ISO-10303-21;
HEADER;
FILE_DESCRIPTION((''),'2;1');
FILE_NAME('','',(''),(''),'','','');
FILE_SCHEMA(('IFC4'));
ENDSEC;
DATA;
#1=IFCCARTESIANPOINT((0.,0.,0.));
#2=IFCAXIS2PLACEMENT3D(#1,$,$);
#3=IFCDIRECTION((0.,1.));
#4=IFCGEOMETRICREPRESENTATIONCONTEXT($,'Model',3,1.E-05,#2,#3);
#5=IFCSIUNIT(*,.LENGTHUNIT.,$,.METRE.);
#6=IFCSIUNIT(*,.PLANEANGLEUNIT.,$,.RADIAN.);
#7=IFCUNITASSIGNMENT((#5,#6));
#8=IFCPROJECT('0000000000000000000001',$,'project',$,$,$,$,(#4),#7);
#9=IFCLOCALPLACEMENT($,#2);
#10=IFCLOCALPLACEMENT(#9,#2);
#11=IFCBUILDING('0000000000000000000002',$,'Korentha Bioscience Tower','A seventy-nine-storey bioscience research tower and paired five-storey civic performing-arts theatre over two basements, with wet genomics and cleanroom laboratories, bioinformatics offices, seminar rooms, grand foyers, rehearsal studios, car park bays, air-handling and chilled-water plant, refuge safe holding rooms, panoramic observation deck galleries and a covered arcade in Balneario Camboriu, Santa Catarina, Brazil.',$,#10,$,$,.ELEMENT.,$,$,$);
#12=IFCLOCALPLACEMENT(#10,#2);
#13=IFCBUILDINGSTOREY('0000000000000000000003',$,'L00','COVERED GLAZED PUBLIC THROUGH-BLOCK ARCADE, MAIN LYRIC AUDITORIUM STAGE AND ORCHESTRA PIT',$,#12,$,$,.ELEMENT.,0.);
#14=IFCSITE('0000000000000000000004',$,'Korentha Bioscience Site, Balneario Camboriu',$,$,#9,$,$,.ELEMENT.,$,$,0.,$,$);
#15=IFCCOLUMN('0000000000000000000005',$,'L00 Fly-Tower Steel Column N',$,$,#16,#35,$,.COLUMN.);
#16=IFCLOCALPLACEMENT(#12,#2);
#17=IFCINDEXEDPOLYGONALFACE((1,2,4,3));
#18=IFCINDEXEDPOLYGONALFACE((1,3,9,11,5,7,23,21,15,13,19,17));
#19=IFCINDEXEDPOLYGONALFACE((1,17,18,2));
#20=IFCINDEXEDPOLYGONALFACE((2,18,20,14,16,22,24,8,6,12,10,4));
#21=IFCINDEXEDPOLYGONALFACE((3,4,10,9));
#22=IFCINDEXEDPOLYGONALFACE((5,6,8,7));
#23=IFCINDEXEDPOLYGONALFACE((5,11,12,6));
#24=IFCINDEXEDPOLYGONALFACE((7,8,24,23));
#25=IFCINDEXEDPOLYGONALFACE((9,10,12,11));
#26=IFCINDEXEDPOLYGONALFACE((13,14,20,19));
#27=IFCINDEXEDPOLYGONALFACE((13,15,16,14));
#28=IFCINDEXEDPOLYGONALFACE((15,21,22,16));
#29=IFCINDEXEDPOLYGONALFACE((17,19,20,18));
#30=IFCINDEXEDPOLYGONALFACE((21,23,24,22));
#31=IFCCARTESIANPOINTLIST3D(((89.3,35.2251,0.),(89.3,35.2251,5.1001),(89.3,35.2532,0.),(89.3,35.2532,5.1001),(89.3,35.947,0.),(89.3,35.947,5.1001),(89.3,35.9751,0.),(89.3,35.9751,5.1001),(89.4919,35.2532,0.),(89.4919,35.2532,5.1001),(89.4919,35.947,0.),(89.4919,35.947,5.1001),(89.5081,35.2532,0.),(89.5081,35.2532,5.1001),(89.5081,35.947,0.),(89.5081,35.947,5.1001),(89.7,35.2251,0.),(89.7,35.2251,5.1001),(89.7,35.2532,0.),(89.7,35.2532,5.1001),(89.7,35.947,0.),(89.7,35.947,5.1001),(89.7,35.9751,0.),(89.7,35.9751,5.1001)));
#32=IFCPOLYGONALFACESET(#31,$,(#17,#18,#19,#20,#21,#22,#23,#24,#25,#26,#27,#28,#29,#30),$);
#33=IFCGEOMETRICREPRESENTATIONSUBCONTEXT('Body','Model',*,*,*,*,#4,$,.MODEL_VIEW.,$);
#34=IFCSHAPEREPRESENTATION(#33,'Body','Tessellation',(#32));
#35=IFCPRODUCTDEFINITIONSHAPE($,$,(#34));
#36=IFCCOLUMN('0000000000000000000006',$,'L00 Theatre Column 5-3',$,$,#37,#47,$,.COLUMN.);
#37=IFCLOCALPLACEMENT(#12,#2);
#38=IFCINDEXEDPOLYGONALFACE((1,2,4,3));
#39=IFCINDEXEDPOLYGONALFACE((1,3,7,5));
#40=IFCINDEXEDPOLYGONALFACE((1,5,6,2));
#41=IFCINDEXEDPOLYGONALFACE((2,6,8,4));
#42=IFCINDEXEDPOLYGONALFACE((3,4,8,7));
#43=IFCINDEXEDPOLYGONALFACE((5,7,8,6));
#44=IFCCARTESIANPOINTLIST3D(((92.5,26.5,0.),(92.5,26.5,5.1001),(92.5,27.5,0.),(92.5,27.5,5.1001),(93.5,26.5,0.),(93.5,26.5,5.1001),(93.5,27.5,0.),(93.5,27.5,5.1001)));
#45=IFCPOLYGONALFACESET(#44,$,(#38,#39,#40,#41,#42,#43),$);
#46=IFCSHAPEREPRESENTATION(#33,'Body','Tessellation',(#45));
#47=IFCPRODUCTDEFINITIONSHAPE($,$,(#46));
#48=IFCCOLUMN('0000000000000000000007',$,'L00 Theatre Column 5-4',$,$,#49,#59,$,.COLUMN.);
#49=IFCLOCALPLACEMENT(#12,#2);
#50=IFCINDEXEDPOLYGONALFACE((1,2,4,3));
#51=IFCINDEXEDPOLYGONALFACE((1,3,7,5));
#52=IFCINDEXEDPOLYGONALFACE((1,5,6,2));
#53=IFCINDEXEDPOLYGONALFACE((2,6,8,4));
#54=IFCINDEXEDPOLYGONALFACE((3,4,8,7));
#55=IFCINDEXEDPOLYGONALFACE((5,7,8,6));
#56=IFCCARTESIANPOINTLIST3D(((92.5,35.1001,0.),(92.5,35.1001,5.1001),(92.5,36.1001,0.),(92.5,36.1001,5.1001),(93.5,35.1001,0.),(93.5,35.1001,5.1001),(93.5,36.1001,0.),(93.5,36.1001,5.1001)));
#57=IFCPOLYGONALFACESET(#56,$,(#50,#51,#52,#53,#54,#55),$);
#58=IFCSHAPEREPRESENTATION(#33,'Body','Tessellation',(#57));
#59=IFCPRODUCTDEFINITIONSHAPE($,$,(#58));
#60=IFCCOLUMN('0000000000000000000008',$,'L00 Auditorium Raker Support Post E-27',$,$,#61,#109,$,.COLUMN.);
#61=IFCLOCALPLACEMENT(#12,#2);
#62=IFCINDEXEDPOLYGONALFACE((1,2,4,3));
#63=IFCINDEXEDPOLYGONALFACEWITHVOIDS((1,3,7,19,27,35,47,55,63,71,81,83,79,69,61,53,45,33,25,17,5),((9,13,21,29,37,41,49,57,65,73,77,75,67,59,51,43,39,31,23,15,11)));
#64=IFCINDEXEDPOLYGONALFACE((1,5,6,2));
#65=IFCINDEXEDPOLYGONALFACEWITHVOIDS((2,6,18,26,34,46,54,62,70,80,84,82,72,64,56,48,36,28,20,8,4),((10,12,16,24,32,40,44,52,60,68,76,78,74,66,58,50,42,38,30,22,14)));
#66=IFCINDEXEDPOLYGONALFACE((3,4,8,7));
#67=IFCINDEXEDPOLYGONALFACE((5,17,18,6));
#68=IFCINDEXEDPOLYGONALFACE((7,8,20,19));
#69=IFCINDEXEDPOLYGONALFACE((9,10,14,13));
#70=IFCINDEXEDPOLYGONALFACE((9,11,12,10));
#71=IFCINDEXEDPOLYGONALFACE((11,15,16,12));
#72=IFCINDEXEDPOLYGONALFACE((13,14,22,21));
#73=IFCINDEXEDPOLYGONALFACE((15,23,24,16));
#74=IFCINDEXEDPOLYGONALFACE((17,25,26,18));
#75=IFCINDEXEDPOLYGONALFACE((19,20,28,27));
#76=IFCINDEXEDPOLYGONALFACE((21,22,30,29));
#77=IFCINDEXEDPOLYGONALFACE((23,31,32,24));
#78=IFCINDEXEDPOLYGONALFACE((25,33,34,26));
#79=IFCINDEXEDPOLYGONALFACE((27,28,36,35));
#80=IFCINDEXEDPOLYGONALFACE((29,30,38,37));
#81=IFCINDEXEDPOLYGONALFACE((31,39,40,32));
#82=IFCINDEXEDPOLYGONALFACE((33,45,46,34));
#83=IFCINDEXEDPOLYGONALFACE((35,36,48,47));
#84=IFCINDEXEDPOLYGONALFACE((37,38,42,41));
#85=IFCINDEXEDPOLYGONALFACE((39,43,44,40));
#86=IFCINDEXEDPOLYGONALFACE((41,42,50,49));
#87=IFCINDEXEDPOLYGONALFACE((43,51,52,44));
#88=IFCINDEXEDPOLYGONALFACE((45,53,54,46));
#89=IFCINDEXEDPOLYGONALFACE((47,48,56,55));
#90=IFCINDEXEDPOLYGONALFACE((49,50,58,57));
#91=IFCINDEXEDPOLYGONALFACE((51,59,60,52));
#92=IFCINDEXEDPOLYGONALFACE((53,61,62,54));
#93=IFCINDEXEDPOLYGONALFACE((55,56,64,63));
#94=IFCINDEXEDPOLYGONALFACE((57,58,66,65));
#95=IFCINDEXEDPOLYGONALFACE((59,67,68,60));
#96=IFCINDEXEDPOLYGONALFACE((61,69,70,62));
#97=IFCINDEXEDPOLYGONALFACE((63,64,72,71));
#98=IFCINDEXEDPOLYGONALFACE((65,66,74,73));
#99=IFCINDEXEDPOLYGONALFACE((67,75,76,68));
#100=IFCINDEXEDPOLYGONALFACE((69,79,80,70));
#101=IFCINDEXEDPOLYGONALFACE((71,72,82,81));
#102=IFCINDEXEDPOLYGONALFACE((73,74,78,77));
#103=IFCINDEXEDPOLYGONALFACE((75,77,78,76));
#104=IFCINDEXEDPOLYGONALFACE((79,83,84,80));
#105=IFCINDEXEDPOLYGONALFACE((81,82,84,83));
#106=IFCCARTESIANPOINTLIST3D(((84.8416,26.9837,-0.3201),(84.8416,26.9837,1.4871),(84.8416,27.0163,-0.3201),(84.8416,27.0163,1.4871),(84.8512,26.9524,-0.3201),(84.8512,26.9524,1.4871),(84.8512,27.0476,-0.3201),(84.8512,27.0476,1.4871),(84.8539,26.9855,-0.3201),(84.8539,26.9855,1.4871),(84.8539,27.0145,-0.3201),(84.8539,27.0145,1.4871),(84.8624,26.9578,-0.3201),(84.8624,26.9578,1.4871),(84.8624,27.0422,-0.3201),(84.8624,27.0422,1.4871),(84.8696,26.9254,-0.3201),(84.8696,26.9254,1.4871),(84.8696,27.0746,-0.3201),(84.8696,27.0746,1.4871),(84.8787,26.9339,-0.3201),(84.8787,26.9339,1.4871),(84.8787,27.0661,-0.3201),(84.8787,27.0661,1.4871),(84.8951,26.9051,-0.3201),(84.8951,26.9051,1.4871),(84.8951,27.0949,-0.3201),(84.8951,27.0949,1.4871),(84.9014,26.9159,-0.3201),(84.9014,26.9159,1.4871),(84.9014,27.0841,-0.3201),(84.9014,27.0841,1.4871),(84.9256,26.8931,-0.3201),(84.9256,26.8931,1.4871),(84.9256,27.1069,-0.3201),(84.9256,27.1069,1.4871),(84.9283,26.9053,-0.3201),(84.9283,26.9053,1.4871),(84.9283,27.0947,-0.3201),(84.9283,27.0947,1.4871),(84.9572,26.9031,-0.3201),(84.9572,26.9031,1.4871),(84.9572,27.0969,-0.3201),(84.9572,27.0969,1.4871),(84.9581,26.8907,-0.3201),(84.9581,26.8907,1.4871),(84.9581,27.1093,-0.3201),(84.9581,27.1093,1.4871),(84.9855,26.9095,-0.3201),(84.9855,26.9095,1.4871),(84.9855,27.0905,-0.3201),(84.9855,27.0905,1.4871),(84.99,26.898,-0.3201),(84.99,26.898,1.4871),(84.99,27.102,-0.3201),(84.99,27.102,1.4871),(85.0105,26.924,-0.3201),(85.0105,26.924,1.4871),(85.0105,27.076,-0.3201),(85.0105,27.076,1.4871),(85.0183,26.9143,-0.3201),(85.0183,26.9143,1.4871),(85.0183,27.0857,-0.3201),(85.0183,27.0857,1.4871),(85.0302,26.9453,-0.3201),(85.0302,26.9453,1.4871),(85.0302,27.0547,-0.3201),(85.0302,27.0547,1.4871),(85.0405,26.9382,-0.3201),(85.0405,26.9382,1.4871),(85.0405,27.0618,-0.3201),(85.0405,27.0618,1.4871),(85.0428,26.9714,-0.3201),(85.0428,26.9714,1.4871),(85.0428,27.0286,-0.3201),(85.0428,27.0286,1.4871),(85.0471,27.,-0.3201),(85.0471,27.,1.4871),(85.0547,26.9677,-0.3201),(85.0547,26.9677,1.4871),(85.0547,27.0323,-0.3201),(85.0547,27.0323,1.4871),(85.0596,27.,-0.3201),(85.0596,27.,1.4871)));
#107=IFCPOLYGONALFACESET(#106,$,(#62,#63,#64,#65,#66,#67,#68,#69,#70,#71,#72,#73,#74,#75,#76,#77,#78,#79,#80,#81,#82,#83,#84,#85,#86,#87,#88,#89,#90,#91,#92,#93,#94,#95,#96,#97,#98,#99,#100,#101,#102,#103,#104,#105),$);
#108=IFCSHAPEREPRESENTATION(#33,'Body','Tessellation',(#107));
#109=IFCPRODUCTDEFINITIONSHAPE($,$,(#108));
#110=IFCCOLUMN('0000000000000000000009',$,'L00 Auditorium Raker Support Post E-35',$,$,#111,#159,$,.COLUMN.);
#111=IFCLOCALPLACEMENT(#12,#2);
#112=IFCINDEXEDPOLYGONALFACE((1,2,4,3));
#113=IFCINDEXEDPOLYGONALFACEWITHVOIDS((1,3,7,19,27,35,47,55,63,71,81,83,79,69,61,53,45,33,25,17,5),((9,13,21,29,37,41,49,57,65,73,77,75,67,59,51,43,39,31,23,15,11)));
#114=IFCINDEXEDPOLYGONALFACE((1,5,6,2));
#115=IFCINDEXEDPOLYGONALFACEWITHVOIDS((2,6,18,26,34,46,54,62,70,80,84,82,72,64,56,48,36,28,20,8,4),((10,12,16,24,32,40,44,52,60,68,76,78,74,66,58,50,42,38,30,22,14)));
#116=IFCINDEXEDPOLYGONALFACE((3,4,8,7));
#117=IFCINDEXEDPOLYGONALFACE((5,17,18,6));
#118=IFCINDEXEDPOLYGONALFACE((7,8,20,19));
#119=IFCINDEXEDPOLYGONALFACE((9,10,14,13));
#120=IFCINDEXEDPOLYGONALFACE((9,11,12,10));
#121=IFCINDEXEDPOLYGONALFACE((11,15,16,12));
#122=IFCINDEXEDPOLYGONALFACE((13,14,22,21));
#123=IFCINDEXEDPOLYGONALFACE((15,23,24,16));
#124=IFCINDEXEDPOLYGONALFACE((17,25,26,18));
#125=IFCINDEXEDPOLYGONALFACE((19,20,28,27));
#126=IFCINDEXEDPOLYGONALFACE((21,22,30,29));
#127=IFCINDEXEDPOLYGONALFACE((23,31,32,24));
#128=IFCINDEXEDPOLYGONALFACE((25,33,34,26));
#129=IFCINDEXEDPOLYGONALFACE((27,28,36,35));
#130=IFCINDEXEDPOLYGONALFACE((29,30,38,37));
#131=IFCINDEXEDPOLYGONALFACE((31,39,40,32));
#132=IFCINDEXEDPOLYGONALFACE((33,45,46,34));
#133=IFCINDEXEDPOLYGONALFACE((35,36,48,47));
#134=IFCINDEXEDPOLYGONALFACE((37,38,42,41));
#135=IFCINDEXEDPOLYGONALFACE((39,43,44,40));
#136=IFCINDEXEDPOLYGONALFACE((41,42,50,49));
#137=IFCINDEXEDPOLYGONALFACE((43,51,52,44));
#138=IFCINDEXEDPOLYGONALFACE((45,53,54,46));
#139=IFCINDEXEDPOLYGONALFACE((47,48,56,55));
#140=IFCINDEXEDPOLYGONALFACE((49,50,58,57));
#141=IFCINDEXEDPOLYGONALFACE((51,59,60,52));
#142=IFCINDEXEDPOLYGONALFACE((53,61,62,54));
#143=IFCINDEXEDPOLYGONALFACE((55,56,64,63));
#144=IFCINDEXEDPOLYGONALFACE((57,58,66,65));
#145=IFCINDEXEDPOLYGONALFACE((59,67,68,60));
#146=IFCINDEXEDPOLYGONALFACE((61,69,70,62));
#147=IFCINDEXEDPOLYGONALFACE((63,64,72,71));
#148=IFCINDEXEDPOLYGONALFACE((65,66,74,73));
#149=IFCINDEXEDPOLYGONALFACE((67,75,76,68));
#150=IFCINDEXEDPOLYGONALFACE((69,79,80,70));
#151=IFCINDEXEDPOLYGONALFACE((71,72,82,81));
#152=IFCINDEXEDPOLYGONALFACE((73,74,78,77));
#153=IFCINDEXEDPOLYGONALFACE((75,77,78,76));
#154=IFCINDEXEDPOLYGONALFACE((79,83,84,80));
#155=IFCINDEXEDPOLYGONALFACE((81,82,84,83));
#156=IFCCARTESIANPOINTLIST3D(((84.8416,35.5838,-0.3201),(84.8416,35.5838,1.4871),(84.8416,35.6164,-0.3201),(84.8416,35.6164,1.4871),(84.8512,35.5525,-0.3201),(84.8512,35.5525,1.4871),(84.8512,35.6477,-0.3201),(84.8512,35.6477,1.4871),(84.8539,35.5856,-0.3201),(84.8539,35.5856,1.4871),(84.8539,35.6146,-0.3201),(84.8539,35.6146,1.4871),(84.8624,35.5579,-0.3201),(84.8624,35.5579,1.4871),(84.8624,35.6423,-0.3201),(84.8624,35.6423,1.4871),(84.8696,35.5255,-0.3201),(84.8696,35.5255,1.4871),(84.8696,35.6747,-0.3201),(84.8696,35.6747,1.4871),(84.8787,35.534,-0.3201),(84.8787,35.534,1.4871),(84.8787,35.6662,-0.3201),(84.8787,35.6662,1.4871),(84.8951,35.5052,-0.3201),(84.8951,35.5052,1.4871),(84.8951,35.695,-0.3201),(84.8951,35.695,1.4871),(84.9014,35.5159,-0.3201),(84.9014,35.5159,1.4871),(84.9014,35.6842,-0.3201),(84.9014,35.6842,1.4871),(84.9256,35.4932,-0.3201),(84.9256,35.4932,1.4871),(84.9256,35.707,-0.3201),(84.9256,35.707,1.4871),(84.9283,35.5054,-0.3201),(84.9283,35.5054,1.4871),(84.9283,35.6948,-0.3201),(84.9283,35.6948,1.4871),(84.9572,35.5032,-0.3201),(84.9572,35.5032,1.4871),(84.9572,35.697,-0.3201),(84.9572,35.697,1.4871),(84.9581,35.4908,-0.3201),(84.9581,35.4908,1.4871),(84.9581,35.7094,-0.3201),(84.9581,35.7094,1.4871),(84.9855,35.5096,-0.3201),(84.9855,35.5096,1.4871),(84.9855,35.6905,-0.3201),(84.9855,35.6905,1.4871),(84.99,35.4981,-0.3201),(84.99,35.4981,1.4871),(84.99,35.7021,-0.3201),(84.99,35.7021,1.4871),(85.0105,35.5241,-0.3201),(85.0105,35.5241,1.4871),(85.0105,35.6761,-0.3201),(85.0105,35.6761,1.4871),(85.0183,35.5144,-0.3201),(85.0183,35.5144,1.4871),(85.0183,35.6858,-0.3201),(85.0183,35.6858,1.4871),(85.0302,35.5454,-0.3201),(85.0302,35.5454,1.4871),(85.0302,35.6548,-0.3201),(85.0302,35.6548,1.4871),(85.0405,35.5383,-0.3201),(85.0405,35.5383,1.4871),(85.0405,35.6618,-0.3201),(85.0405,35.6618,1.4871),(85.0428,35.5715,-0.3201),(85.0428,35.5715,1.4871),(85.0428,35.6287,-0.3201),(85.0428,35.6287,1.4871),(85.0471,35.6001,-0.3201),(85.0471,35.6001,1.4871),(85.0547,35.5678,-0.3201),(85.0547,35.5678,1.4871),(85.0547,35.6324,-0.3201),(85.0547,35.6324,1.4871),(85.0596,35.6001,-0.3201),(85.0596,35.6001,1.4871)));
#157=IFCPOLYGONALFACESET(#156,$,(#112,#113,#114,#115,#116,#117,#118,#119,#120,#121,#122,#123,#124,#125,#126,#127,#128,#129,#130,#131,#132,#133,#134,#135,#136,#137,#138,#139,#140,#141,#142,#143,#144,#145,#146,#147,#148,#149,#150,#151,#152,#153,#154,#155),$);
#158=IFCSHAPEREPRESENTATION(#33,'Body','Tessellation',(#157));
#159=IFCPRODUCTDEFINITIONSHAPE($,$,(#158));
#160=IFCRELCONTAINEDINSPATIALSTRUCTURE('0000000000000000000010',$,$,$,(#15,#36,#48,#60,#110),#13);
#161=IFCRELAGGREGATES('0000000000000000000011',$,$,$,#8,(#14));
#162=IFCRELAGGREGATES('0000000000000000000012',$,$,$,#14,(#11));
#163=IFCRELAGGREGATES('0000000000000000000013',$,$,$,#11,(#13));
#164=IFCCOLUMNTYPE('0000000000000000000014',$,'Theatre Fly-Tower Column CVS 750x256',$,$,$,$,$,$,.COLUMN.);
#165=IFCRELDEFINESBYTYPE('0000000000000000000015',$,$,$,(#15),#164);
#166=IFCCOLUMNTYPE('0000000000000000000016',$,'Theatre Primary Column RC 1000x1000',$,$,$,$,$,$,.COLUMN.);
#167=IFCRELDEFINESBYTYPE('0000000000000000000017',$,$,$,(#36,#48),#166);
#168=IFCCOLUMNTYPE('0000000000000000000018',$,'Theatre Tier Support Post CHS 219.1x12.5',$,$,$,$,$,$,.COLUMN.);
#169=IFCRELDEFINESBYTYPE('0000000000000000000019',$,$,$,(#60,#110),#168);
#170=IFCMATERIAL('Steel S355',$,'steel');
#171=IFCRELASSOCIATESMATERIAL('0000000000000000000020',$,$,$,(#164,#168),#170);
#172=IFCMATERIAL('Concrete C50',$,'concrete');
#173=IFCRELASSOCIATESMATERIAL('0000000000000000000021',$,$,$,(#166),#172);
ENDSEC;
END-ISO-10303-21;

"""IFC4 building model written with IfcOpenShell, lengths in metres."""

from ifc_helpers import new_model, si_unit, direction, frame, origin, origin_2d, place, context, subcontext, project, spatial, rectangle, hollow_circle, i_section, extrude, material, material_profile, profile_set, type_object, element, save


model = new_model("IFC4")

# Units and contexts
model_context = context("Model", 3, precision=1e-05, world=origin(), true_north=direction((0.0, 1.0)))
body_context = subcontext(model_context, "Body", "Model", "MODEL_VIEW")
ifc_project = project(units=[si_unit("LENGTHUNIT", "METRE"), si_unit("PLANEANGLEUNIT", "RADIAN")], contexts=[model_context])

# Site, building, storey
site_placement = place(None, origin())
site = spatial("IfcSite", under=ifc_project, at=site_placement, Name="Korentha Bioscience Site, Balneario Camboriu", CompositionType="ELEMENT", RefElevation=0.0)
building_placement = place(site_placement, origin())
building = spatial("IfcBuilding", under=site, at=building_placement, Name="Korentha Bioscience Tower", Description="A seventy-nine-storey bioscience research tower and paired five-storey civic performing-arts theatre over two basements, with wet genomics and cleanroom laboratories, bioinformatics offices, seminar rooms, grand foyers, rehearsal studios, car park bays, air-handling and chilled-water plant, refuge safe holding rooms, panoramic observation deck galleries and a covered arcade in Balneario Camboriu, Santa Catarina, Brazil.", CompositionType="ELEMENT")
storey_placement = place(building_placement, origin())
storey = spatial("IfcBuildingStorey", under=building, at=storey_placement, Name="L00", Description="COVERED GLAZED PUBLIC THROUGH-BLOCK ARCADE, MAIN LYRIC AUDITORIUM STAGE AND ORCHESTRA PIT", CompositionType="ELEMENT", Elevation=0.0)

# Columns
ifc_material_1 = material(Name="Steel S355", Category="steel")
ifc_material_profile_1 = material_profile(ifc_material_1, i_section(OverallWidth=0.3999, OverallDepth=0.75, WebThickness=0.0161, FlangeThickness=0.0281, at=origin_2d()), Name="Steel S355")
ifc_profile_set_1 = profile_set([ifc_material_profile_1], Name="Steel S355 (TC-02)")
column_type_1 = type_object("IfcColumnType", Name="Theatre Fly-Tower Column CVS 750x256", PredefinedType="COLUMN", material=ifc_profile_set_1)
column_1_placement = place(storey_placement, frame((89.5, 35.6001, 0.0), z_axis=(0.0, 0.0, 1.0), x_axis=(1.0, 0.0, 0.0)))
element("IfcColumn", 1, at=column_1_placement, inside=storey, type_object=column_type_1, Name="L00 Fly-Tower Steel Column N", PredefinedType="COLUMN", context=body_context, shape_type="SweptSolid", body=[
    extrude(i_section(OverallWidth=0.3999, OverallDepth=0.75, WebThickness=0.0161, FlangeThickness=0.0281, at=origin_2d()), origin(), (0.0, 0.0, 1.0), 5.1001),
])
ifc_material_2 = material(Name="Concrete C50", Category="concrete")
ifc_material_profile_2 = material_profile(ifc_material_2, rectangle(XDim=1.0, YDim=1.0, at=origin_2d()), Name="Concrete C50")
ifc_profile_set_2 = profile_set([ifc_material_profile_2], Name="Concrete C50 (TC-01)")
column_type_2 = type_object("IfcColumnType", Name="Theatre Primary Column RC 1000x1000", PredefinedType="COLUMN", material=ifc_profile_set_2)
for number, where, z_axis, x_axis, name in (
    (2, (93.0, 27.0, 0.0), (0.0, 0.0, 1.0), (1.0, 0.0, 0.0), "L00 Theatre Column 5-3"),
    (3, (93.0, 35.6001, 0.0), (0.0, 0.0, 1.0), (1.0, 0.0, 0.0), "L00 Theatre Column 5-4"),
):
    element("IfcColumn", number, at=place(storey_placement, frame(where, z_axis=z_axis, x_axis=x_axis)), inside=storey, type_object=column_type_2, Name=name, PredefinedType="COLUMN", context=body_context, shape_type="SweptSolid", body=[
        extrude(rectangle(XDim=1.0, YDim=1.0, at=origin_2d()), origin(), (0.0, 0.0, 1.0), 5.1001),
    ])
ifc_material_profile_3 = material_profile(ifc_material_1, hollow_circle(Radius=0.1096, WallThickness=0.0125, at=origin_2d()), Name="Steel S355")
ifc_profile_set_3 = profile_set([ifc_material_profile_3], Name="Steel S355 (TC-P219)")
column_type_3 = type_object("IfcColumnType", Name="Theatre Tier Support Post CHS 219.1x12.5", PredefinedType="COLUMN", material=ifc_profile_set_3)
for number, where, z_axis, x_axis, name in (
    (4, (84.95, 27.0, -0.3201), (0.0, 0.0, 1.0), (1.0, 0.0, 0.0), "L00 Auditorium Raker Support Post E-27"),
    (5, (84.95, 35.6001, -0.3201), (0.0, 0.0, 1.0), (1.0, 0.0, 0.0), "L00 Auditorium Raker Support Post E-35"),
):
    element("IfcColumn", number, at=place(storey_placement, frame(where, z_axis=z_axis, x_axis=x_axis)), inside=storey, type_object=column_type_3, Name=name, PredefinedType="COLUMN", context=body_context, shape_type="SweptSolid", body=[
        extrude(hollow_circle(Radius=0.1096, WallThickness=0.0125, at=origin_2d()), origin(), (0.0, 0.0, 1.0), 1.8071),
    ])

save(model, "model.ifc")
